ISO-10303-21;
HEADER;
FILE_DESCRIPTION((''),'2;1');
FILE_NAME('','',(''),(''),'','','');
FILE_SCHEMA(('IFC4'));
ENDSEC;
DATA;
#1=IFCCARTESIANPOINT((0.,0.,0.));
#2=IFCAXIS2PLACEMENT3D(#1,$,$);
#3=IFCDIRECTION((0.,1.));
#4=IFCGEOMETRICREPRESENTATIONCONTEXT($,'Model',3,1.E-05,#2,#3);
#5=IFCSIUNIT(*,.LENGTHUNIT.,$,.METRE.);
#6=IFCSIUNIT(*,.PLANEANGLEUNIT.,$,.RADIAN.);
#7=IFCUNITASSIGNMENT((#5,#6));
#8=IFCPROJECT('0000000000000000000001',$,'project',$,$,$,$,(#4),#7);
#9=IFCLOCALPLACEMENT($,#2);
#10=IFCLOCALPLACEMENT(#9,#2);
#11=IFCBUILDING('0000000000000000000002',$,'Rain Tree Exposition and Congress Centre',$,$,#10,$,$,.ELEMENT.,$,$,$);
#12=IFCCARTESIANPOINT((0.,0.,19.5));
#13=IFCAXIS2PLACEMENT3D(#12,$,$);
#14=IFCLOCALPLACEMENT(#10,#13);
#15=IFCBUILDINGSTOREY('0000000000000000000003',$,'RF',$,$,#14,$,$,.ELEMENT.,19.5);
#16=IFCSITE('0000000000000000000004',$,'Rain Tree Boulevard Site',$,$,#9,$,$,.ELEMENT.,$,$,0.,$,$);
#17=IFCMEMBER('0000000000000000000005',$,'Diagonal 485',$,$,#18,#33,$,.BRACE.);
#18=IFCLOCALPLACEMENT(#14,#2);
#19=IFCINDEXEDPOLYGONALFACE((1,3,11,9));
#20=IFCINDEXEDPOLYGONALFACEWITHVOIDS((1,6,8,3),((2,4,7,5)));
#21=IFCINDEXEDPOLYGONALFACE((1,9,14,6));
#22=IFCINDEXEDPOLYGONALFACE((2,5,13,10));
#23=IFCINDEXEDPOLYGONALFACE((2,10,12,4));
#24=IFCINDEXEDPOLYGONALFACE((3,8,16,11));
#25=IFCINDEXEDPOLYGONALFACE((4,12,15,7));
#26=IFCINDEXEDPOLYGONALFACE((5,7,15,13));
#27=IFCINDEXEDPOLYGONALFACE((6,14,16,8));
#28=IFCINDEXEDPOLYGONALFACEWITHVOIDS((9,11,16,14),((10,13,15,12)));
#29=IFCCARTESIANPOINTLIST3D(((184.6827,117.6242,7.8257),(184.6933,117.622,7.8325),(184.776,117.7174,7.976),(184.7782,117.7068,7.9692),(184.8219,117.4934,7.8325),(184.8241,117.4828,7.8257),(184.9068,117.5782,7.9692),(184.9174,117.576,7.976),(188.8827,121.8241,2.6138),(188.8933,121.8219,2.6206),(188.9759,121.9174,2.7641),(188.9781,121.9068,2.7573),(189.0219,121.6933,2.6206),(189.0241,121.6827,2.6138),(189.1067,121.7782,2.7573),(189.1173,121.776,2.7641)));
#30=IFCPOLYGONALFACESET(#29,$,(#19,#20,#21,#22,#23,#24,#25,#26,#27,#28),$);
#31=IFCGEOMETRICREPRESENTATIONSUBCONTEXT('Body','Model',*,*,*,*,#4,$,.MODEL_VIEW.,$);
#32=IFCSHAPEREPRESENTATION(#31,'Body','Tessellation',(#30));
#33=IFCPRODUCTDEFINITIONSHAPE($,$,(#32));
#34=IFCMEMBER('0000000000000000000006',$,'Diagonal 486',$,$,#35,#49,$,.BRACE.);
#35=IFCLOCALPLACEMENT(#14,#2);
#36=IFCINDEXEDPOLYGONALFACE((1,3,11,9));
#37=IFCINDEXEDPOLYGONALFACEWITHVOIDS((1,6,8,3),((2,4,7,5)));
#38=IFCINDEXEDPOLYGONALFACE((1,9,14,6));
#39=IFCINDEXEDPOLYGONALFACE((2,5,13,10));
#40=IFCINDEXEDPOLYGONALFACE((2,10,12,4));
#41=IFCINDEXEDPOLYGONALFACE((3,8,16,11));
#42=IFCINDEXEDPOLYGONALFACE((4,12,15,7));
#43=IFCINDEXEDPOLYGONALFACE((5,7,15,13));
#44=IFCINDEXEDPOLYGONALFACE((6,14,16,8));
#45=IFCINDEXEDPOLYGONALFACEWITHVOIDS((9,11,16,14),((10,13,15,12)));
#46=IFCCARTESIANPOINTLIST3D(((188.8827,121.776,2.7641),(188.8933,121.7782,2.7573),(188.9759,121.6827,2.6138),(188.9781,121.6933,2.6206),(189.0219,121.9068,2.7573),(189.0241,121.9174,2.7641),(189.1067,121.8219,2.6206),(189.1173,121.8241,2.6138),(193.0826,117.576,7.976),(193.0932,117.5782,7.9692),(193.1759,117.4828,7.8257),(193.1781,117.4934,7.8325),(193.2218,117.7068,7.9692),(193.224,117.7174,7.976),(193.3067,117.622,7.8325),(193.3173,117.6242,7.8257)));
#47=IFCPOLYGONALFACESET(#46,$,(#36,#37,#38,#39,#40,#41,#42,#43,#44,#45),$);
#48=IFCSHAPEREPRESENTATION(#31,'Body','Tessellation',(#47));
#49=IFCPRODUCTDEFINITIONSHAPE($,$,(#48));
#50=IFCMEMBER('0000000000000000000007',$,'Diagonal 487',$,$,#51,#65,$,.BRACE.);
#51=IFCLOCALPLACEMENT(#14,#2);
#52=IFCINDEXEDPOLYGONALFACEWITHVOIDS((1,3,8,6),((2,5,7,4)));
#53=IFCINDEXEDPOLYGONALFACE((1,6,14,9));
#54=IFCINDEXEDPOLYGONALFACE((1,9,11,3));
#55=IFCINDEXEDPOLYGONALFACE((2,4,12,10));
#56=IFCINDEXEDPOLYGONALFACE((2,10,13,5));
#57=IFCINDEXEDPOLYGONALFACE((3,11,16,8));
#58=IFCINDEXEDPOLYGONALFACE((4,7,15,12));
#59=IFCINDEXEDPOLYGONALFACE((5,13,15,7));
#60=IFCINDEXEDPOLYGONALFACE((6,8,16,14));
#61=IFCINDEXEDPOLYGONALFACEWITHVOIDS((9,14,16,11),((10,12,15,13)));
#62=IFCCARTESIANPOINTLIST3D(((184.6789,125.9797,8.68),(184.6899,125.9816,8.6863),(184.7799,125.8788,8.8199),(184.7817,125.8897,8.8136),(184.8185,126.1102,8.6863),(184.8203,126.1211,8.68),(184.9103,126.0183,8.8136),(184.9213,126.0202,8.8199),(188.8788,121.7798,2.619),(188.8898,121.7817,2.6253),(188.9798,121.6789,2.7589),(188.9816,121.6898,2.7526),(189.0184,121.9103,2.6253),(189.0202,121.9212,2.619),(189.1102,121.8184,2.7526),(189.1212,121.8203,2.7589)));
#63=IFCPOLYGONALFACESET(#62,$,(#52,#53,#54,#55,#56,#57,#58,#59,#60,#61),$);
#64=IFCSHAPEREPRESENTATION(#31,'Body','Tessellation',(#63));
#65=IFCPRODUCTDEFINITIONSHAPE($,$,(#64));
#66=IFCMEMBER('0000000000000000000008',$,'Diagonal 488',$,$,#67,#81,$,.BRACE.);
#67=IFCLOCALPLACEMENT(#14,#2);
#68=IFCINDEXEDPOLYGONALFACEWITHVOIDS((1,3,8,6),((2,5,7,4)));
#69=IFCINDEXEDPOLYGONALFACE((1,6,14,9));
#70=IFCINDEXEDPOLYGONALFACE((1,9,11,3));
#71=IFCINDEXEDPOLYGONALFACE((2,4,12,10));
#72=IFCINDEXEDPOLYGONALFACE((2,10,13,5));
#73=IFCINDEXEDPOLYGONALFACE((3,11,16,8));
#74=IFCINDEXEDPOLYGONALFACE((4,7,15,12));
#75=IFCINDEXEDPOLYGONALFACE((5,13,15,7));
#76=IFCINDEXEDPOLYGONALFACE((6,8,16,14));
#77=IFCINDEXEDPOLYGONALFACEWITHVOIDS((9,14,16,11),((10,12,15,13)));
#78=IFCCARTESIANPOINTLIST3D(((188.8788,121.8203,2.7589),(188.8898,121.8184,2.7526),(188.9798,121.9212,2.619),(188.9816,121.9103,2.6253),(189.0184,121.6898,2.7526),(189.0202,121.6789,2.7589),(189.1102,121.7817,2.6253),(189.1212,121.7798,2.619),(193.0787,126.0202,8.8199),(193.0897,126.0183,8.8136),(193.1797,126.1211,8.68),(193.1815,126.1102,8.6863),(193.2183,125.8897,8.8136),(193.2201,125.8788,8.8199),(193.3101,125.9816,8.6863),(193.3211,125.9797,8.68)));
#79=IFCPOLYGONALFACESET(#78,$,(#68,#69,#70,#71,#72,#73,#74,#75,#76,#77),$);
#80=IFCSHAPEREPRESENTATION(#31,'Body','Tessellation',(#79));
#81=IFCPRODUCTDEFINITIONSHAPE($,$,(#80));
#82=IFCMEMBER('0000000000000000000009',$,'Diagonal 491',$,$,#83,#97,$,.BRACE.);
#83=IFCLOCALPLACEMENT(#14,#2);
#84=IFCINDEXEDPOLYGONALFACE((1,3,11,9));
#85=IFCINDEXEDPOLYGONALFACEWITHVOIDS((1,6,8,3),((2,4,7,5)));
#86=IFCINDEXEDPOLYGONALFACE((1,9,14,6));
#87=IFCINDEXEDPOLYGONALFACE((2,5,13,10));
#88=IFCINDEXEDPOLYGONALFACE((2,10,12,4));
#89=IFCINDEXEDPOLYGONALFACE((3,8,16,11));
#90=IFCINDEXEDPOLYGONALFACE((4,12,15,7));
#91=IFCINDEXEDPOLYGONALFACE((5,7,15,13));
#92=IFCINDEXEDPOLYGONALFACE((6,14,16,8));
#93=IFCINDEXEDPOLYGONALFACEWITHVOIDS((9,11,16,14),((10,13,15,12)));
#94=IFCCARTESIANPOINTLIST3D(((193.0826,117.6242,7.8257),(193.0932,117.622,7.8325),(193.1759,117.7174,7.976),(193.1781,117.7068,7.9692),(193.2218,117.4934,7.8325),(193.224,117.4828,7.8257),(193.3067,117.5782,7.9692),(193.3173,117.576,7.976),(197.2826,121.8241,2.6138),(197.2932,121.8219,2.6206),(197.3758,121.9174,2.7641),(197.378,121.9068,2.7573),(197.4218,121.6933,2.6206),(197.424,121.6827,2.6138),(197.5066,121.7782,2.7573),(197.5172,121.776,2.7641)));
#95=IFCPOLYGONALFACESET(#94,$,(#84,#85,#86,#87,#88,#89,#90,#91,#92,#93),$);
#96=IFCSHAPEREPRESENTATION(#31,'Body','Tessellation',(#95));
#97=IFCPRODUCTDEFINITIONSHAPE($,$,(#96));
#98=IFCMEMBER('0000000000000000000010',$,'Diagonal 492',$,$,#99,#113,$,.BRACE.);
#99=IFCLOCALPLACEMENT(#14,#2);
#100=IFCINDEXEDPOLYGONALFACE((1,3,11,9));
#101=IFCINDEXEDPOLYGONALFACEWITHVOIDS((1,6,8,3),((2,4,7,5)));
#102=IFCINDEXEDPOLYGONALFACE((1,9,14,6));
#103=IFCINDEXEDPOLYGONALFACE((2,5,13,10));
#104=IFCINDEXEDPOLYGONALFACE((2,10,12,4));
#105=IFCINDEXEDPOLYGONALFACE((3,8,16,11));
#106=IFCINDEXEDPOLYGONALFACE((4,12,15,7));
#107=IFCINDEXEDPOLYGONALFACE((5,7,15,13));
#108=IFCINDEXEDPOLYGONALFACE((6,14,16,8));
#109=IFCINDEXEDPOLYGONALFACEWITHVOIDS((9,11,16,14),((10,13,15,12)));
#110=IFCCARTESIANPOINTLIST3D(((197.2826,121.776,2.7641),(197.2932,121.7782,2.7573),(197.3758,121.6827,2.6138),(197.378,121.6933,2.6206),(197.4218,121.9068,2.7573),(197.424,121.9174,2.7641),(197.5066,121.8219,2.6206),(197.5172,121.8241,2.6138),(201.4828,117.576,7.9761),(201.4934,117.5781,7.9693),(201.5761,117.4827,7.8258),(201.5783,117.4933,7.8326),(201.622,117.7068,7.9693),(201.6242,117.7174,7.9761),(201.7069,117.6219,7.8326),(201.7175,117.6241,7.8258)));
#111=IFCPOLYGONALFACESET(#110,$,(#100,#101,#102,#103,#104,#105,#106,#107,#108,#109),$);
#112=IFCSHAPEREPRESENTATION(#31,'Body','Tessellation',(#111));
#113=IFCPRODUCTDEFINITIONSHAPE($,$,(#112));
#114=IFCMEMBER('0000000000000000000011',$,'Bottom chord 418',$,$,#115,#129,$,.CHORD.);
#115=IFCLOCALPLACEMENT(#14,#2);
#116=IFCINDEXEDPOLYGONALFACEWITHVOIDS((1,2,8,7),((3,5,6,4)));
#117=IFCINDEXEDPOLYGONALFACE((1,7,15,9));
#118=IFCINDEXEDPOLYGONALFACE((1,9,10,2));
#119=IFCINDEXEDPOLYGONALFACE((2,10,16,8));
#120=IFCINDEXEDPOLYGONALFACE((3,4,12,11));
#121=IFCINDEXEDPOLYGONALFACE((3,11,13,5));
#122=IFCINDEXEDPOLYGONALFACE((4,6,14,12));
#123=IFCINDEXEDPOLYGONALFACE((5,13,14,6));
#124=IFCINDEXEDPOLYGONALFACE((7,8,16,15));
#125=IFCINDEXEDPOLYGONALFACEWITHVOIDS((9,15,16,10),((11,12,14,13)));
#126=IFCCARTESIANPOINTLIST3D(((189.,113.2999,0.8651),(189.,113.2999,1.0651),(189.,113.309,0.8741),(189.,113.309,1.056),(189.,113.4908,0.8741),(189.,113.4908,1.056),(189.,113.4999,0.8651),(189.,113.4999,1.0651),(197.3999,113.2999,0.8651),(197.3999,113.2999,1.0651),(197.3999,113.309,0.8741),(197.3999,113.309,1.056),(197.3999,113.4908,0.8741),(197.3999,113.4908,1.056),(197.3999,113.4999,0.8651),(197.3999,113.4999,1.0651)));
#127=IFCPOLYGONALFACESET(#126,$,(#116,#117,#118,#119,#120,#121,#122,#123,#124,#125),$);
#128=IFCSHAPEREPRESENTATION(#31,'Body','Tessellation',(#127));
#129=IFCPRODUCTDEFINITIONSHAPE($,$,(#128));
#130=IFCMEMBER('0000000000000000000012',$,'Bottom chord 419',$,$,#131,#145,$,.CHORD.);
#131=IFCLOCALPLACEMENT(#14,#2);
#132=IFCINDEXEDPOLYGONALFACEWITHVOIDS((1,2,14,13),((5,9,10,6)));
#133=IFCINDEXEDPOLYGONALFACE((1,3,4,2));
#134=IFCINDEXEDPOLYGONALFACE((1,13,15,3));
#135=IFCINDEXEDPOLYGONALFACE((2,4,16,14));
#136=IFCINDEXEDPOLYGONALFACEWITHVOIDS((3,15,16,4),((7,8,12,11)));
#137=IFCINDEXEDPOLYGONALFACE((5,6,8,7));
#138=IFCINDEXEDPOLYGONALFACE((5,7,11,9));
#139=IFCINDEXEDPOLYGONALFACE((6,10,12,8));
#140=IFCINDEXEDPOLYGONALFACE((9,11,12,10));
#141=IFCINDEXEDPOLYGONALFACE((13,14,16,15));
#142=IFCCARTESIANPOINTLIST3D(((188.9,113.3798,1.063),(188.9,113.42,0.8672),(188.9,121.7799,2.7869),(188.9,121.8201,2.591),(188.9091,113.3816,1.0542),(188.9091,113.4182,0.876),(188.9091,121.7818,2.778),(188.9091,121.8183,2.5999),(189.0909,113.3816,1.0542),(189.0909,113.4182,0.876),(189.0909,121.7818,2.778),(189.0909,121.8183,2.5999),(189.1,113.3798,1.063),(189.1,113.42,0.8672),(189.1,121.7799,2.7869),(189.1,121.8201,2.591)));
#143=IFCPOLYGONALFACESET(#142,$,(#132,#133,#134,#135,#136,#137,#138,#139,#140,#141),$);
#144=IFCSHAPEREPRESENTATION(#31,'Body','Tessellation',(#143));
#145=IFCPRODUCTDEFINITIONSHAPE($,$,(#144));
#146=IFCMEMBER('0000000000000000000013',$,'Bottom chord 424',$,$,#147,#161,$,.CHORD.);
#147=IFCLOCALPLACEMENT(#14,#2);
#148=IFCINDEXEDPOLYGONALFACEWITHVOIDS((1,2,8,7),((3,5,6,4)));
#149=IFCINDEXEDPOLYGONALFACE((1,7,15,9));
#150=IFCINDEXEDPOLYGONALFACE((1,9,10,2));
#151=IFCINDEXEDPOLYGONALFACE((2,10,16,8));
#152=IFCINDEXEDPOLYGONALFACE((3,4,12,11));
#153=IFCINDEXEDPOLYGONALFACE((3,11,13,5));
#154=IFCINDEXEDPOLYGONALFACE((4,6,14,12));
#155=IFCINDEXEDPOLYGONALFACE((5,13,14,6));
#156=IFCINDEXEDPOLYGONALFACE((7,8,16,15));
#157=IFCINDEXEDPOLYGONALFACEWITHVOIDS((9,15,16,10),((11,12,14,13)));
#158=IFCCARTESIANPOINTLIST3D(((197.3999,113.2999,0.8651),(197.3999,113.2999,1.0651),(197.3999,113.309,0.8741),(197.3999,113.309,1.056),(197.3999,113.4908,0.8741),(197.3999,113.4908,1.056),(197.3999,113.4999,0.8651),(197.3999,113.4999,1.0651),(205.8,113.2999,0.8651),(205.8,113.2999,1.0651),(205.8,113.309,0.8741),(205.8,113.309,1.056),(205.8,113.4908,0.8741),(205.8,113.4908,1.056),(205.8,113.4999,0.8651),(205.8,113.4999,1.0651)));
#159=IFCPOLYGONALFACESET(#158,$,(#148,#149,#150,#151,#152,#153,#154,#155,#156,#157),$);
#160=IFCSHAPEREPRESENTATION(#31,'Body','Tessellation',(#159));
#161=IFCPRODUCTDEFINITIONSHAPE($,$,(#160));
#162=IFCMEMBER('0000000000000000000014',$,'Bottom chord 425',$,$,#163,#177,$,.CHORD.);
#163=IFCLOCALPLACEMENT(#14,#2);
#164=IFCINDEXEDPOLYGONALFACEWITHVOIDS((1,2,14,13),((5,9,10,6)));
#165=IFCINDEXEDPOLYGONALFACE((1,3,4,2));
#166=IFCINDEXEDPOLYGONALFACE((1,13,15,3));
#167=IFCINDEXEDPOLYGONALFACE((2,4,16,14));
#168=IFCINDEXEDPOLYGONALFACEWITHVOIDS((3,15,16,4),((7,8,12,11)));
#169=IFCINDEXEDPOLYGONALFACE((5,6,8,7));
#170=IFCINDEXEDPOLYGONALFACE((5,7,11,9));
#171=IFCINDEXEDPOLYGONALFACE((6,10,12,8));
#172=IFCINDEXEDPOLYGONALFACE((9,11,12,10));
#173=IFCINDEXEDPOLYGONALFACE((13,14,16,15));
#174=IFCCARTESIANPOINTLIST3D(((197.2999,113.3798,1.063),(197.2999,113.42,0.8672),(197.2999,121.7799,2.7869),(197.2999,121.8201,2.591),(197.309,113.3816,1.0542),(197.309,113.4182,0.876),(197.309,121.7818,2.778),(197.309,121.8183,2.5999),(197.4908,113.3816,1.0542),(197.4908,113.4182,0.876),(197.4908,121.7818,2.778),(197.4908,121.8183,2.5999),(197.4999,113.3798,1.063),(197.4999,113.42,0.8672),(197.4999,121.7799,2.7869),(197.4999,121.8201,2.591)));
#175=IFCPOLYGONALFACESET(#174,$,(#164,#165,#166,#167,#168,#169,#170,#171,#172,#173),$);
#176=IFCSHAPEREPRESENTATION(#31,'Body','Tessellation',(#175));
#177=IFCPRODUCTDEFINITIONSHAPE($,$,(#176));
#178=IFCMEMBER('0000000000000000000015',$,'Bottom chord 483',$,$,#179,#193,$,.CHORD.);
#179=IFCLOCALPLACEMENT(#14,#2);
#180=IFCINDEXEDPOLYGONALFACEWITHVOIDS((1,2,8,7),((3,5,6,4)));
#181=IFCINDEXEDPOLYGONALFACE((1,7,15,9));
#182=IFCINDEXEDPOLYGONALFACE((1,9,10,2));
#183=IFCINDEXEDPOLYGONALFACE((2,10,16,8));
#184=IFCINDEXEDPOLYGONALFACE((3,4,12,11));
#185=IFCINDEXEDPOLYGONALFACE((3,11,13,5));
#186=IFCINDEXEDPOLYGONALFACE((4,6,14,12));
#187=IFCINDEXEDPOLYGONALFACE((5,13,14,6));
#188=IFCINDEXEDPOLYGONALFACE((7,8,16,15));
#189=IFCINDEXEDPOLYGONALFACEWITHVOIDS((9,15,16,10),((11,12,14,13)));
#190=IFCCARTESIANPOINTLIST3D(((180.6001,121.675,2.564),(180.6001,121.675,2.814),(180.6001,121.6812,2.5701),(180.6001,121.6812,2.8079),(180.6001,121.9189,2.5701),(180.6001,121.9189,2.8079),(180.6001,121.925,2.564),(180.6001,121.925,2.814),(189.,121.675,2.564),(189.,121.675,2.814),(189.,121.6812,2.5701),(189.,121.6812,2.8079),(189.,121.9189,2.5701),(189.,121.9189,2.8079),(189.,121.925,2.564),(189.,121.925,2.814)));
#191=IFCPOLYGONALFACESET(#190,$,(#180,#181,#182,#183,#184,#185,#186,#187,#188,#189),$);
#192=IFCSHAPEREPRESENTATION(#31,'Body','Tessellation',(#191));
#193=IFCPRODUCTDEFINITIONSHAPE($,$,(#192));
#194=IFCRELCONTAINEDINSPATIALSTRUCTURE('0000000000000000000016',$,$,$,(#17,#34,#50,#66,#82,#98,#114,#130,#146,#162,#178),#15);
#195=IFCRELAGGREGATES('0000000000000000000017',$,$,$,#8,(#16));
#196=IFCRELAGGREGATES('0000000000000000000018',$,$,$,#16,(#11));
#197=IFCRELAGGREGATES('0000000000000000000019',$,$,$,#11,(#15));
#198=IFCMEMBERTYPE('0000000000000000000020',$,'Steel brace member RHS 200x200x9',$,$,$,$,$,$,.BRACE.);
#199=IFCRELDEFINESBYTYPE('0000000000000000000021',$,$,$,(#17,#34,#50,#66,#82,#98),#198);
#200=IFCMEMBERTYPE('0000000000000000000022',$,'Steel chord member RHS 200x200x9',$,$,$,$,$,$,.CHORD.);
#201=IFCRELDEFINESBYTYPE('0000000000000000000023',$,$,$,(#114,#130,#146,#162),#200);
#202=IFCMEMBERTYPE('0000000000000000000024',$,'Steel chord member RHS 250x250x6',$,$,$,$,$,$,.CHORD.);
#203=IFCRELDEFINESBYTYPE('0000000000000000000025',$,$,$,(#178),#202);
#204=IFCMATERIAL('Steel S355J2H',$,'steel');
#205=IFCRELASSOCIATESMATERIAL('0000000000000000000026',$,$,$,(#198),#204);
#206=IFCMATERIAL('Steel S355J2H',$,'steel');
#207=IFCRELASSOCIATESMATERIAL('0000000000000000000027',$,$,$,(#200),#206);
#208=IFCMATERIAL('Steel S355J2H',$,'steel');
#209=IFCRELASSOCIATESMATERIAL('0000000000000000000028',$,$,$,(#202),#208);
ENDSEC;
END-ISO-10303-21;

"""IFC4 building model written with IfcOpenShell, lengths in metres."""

from ifc_helpers import new_model, si_unit, direction, frame, origin, origin_2d, place, context, subcontext, project, spatial, hollow_rectangle, extrude, material, material_profile, profile_set, type_object, element, save


model = new_model("IFC4")

# Units and contexts
model_context = context("Model", 3, precision=1e-05, world=origin(), true_north=direction((0.0, 1.0)))
body_context = subcontext(model_context, "Body", "Model", "MODEL_VIEW")
ifc_project = project(units=[si_unit("LENGTHUNIT", "METRE"), si_unit("PLANEANGLEUNIT", "RADIAN")], contexts=[model_context])

# Site, building, storey
site_placement = place(None, origin())
site = spatial("IfcSite", under=ifc_project, at=site_placement, Name="Rain Tree Boulevard Site", CompositionType="ELEMENT", RefElevation=0.0)
building_placement = place(site_placement, origin())
building = spatial("IfcBuilding", under=site, at=building_placement, Name="Rain Tree Exposition and Congress Centre", CompositionType="ELEMENT")
storey_placement = place(building_placement, frame((0.0, 0.0, 19.5)))
storey = spatial("IfcBuildingStorey", under=building, at=storey_placement, Name="RF", CompositionType="ELEMENT", Elevation=19.5)

# Members
ifc_material_1 = material(Name="Steel S355J2H", Category="steel")
ifc_material_profile_1 = material_profile(ifc_material_1, hollow_rectangle(XDim=0.2, YDim=0.2, WallThickness=0.009, at=origin_2d()), Name="RHS 200x200x9")
ifc_profile_set_1 = profile_set([ifc_material_profile_1], Name="Steel S355J2H")
member_type_1 = type_object("IfcMemberType", Name="Steel brace member RHS 200x200x9", PredefinedType="BRACE", material=ifc_profile_set_1)
for number, where, z_axis, x_axis, name in (
    (1, (189.0, 121.8, 2.689), (-0.531498, -0.531498, 0.65956), (0.707107, -0.707107, 0.0), "Diagonal 485"),
    (2, (189.0, 121.8, 2.689), (0.531498, -0.531498, 0.65956), (0.707107, 0.707107, 0.0), "Diagonal 486"),
):
    element("IfcMember", number, at=place(storey_placement, frame(where, z_axis=z_axis, x_axis=x_axis)), inside=storey, type_object=member_type_1, Name=name, PredefinedType="BRACE", context=body_context, shape_type="SweptSolid", body=[
        extrude(hollow_rectangle(XDim=0.2, YDim=0.2, WallThickness=0.009, at=origin_2d()), origin(), (0.0, 0.0, 1.0), 7.9021),
    ])
for number, where, z_axis, x_axis, name in (
    (3, (189.0, 121.8, 2.689), (-0.494916, 0.494916, 0.714224), (-0.707107, -0.707107, 0.0), "Diagonal 487"),
    (4, (189.0, 121.8, 2.689), (0.494916, 0.494916, 0.714224), (-0.707107, 0.707107, 0.0), "Diagonal 488"),
):
    element("IfcMember", number, at=place(storey_placement, frame(where, z_axis=z_axis, x_axis=x_axis)), inside=storey, type_object=member_type_1, Name=name, PredefinedType="BRACE", context=body_context, shape_type="SweptSolid", body=[
        extrude(hollow_rectangle(XDim=0.2, YDim=0.2, WallThickness=0.009, at=origin_2d()), origin(), (0.0, 0.0, 1.0), 8.4861),
    ])
member_1_placement = place(storey_placement, frame((197.3999, 121.8, 2.689), z_axis=(-0.531498, -0.531498, 0.65956), x_axis=(0.707107, -0.707107, 0.0)))
element("IfcMember", 5, at=member_1_placement, inside=storey, type_object=member_type_1, Name="Diagonal 491", PredefinedType="BRACE", context=body_context, shape_type="SweptSolid", body=[
    extrude(hollow_rectangle(XDim=0.2, YDim=0.2, WallThickness=0.009, at=origin_2d()), origin(), (0.0, 0.0, 1.0), 7.9021),
])
member_2_placement = place(storey_placement, frame((197.3999, 121.8, 2.689), z_axis=(0.53152, -0.531489, 0.65955), x_axis=(0.707086, 0.707127, 0.0)))
element("IfcMember", 6, at=member_2_placement, inside=storey, type_object=member_type_1, Name="Diagonal 492", PredefinedType="BRACE", context=body_context, shape_type="SweptSolid", body=[
    extrude(hollow_rectangle(XDim=0.2, YDim=0.2, WallThickness=0.009, at=origin_2d()), origin(), (0.0, 0.0, 1.0), 7.9023),
])
ifc_material_2 = material(Name="Steel S355J2H", Category="steel")
ifc_material_profile_2 = material_profile(ifc_material_2, hollow_rectangle(XDim=0.2, YDim=0.2, WallThickness=0.009, at=origin_2d()), Name="RHS 200x200x9")
ifc_profile_set_2 = profile_set([ifc_material_profile_2], Name="Steel S355J2H")
member_type_2 = type_object("IfcMemberType", Name="Steel chord member RHS 200x200x9", PredefinedType="CHORD", material=ifc_profile_set_2)
member_3_placement = place(storey_placement, frame((189.0, 113.3999, 0.9651), z_axis=(1.0, 0.0, 0.0), x_axis=(0.0, 1.0, 0.0)))
element("IfcMember", 7, at=member_3_placement, inside=storey, type_object=member_type_2, Name="Bottom chord 418", PredefinedType="CHORD", context=body_context, shape_type="SweptSolid", body=[
    extrude(hollow_rectangle(XDim=0.2, YDim=0.2, WallThickness=0.009, at=origin_2d()), origin(), (0.0, 0.0, 1.0), 8.3999),
])
member_4_placement = place(storey_placement, frame((189.0, 113.3999, 0.9651), z_axis=(0.0, 0.979585, 0.20103), x_axis=(-1.0, 0.0, 0.0)))
element("IfcMember", 8, at=member_4_placement, inside=storey, type_object=member_type_2, Name="Bottom chord 419", PredefinedType="CHORD", context=body_context, shape_type="SweptSolid", body=[
    extrude(hollow_rectangle(XDim=0.2, YDim=0.2, WallThickness=0.009, at=origin_2d()), origin(), (0.0, 0.0, 1.0), 8.5752),
])
member_5_placement = place(storey_placement, frame((197.3999, 113.3999, 0.9651), z_axis=(1.0, 0.0, 0.0), x_axis=(0.0, 1.0, 0.0)))
element("IfcMember", 9, at=member_5_placement, inside=storey, type_object=member_type_2, Name="Bottom chord 424", PredefinedType="CHORD", context=body_context, shape_type="SweptSolid", body=[
    extrude(hollow_rectangle(XDim=0.2, YDim=0.2, WallThickness=0.009, at=origin_2d()), origin(), (0.0, 0.0, 1.0), 8.4001),
])
member_6_placement = place(storey_placement, frame((197.3999, 113.3999, 0.9651), z_axis=(0.0, 0.979585, 0.20103), x_axis=(-1.0, 0.0, 0.0)))
element("IfcMember", 10, at=member_6_placement, inside=storey, type_object=member_type_2, Name="Bottom chord 425", PredefinedType="CHORD", context=body_context, shape_type="SweptSolid", body=[
    extrude(hollow_rectangle(XDim=0.2, YDim=0.2, WallThickness=0.009, at=origin_2d()), origin(), (0.0, 0.0, 1.0), 8.5752),
])
ifc_material_3 = material(Name="Steel S355J2H", Category="steel")
ifc_material_profile_3 = material_profile(ifc_material_3, hollow_rectangle(XDim=0.25, YDim=0.25, WallThickness=0.0061, at=origin_2d()), Name="RHS 250x250x6")
ifc_profile_set_3 = profile_set([ifc_material_profile_3], Name="Steel S355J2H")
member_type_3 = type_object("IfcMemberType", Name="Steel chord member RHS 250x250x6", PredefinedType="CHORD", material=ifc_profile_set_3)
for number, where, z_axis, x_axis, name in (
    (11, (180.6001, 121.8, 2.689), (1.0, 0.0, 0.0), (0.0, 1.0, 0.0), "Bottom chord 483"),
):
    element("IfcMember", number, at=place(storey_placement, frame(where, z_axis=z_axis, x_axis=x_axis)), inside=storey, type_object=member_type_3, Name=name, PredefinedType="CHORD", context=body_context, shape_type="SweptSolid", body=[
        extrude(hollow_rectangle(XDim=0.25, YDim=0.25, WallThickness=0.0061, at=origin_2d()), origin(), (0.0, 0.0, 1.0), 8.3999),
    ])

save(model, "model.ifc")
